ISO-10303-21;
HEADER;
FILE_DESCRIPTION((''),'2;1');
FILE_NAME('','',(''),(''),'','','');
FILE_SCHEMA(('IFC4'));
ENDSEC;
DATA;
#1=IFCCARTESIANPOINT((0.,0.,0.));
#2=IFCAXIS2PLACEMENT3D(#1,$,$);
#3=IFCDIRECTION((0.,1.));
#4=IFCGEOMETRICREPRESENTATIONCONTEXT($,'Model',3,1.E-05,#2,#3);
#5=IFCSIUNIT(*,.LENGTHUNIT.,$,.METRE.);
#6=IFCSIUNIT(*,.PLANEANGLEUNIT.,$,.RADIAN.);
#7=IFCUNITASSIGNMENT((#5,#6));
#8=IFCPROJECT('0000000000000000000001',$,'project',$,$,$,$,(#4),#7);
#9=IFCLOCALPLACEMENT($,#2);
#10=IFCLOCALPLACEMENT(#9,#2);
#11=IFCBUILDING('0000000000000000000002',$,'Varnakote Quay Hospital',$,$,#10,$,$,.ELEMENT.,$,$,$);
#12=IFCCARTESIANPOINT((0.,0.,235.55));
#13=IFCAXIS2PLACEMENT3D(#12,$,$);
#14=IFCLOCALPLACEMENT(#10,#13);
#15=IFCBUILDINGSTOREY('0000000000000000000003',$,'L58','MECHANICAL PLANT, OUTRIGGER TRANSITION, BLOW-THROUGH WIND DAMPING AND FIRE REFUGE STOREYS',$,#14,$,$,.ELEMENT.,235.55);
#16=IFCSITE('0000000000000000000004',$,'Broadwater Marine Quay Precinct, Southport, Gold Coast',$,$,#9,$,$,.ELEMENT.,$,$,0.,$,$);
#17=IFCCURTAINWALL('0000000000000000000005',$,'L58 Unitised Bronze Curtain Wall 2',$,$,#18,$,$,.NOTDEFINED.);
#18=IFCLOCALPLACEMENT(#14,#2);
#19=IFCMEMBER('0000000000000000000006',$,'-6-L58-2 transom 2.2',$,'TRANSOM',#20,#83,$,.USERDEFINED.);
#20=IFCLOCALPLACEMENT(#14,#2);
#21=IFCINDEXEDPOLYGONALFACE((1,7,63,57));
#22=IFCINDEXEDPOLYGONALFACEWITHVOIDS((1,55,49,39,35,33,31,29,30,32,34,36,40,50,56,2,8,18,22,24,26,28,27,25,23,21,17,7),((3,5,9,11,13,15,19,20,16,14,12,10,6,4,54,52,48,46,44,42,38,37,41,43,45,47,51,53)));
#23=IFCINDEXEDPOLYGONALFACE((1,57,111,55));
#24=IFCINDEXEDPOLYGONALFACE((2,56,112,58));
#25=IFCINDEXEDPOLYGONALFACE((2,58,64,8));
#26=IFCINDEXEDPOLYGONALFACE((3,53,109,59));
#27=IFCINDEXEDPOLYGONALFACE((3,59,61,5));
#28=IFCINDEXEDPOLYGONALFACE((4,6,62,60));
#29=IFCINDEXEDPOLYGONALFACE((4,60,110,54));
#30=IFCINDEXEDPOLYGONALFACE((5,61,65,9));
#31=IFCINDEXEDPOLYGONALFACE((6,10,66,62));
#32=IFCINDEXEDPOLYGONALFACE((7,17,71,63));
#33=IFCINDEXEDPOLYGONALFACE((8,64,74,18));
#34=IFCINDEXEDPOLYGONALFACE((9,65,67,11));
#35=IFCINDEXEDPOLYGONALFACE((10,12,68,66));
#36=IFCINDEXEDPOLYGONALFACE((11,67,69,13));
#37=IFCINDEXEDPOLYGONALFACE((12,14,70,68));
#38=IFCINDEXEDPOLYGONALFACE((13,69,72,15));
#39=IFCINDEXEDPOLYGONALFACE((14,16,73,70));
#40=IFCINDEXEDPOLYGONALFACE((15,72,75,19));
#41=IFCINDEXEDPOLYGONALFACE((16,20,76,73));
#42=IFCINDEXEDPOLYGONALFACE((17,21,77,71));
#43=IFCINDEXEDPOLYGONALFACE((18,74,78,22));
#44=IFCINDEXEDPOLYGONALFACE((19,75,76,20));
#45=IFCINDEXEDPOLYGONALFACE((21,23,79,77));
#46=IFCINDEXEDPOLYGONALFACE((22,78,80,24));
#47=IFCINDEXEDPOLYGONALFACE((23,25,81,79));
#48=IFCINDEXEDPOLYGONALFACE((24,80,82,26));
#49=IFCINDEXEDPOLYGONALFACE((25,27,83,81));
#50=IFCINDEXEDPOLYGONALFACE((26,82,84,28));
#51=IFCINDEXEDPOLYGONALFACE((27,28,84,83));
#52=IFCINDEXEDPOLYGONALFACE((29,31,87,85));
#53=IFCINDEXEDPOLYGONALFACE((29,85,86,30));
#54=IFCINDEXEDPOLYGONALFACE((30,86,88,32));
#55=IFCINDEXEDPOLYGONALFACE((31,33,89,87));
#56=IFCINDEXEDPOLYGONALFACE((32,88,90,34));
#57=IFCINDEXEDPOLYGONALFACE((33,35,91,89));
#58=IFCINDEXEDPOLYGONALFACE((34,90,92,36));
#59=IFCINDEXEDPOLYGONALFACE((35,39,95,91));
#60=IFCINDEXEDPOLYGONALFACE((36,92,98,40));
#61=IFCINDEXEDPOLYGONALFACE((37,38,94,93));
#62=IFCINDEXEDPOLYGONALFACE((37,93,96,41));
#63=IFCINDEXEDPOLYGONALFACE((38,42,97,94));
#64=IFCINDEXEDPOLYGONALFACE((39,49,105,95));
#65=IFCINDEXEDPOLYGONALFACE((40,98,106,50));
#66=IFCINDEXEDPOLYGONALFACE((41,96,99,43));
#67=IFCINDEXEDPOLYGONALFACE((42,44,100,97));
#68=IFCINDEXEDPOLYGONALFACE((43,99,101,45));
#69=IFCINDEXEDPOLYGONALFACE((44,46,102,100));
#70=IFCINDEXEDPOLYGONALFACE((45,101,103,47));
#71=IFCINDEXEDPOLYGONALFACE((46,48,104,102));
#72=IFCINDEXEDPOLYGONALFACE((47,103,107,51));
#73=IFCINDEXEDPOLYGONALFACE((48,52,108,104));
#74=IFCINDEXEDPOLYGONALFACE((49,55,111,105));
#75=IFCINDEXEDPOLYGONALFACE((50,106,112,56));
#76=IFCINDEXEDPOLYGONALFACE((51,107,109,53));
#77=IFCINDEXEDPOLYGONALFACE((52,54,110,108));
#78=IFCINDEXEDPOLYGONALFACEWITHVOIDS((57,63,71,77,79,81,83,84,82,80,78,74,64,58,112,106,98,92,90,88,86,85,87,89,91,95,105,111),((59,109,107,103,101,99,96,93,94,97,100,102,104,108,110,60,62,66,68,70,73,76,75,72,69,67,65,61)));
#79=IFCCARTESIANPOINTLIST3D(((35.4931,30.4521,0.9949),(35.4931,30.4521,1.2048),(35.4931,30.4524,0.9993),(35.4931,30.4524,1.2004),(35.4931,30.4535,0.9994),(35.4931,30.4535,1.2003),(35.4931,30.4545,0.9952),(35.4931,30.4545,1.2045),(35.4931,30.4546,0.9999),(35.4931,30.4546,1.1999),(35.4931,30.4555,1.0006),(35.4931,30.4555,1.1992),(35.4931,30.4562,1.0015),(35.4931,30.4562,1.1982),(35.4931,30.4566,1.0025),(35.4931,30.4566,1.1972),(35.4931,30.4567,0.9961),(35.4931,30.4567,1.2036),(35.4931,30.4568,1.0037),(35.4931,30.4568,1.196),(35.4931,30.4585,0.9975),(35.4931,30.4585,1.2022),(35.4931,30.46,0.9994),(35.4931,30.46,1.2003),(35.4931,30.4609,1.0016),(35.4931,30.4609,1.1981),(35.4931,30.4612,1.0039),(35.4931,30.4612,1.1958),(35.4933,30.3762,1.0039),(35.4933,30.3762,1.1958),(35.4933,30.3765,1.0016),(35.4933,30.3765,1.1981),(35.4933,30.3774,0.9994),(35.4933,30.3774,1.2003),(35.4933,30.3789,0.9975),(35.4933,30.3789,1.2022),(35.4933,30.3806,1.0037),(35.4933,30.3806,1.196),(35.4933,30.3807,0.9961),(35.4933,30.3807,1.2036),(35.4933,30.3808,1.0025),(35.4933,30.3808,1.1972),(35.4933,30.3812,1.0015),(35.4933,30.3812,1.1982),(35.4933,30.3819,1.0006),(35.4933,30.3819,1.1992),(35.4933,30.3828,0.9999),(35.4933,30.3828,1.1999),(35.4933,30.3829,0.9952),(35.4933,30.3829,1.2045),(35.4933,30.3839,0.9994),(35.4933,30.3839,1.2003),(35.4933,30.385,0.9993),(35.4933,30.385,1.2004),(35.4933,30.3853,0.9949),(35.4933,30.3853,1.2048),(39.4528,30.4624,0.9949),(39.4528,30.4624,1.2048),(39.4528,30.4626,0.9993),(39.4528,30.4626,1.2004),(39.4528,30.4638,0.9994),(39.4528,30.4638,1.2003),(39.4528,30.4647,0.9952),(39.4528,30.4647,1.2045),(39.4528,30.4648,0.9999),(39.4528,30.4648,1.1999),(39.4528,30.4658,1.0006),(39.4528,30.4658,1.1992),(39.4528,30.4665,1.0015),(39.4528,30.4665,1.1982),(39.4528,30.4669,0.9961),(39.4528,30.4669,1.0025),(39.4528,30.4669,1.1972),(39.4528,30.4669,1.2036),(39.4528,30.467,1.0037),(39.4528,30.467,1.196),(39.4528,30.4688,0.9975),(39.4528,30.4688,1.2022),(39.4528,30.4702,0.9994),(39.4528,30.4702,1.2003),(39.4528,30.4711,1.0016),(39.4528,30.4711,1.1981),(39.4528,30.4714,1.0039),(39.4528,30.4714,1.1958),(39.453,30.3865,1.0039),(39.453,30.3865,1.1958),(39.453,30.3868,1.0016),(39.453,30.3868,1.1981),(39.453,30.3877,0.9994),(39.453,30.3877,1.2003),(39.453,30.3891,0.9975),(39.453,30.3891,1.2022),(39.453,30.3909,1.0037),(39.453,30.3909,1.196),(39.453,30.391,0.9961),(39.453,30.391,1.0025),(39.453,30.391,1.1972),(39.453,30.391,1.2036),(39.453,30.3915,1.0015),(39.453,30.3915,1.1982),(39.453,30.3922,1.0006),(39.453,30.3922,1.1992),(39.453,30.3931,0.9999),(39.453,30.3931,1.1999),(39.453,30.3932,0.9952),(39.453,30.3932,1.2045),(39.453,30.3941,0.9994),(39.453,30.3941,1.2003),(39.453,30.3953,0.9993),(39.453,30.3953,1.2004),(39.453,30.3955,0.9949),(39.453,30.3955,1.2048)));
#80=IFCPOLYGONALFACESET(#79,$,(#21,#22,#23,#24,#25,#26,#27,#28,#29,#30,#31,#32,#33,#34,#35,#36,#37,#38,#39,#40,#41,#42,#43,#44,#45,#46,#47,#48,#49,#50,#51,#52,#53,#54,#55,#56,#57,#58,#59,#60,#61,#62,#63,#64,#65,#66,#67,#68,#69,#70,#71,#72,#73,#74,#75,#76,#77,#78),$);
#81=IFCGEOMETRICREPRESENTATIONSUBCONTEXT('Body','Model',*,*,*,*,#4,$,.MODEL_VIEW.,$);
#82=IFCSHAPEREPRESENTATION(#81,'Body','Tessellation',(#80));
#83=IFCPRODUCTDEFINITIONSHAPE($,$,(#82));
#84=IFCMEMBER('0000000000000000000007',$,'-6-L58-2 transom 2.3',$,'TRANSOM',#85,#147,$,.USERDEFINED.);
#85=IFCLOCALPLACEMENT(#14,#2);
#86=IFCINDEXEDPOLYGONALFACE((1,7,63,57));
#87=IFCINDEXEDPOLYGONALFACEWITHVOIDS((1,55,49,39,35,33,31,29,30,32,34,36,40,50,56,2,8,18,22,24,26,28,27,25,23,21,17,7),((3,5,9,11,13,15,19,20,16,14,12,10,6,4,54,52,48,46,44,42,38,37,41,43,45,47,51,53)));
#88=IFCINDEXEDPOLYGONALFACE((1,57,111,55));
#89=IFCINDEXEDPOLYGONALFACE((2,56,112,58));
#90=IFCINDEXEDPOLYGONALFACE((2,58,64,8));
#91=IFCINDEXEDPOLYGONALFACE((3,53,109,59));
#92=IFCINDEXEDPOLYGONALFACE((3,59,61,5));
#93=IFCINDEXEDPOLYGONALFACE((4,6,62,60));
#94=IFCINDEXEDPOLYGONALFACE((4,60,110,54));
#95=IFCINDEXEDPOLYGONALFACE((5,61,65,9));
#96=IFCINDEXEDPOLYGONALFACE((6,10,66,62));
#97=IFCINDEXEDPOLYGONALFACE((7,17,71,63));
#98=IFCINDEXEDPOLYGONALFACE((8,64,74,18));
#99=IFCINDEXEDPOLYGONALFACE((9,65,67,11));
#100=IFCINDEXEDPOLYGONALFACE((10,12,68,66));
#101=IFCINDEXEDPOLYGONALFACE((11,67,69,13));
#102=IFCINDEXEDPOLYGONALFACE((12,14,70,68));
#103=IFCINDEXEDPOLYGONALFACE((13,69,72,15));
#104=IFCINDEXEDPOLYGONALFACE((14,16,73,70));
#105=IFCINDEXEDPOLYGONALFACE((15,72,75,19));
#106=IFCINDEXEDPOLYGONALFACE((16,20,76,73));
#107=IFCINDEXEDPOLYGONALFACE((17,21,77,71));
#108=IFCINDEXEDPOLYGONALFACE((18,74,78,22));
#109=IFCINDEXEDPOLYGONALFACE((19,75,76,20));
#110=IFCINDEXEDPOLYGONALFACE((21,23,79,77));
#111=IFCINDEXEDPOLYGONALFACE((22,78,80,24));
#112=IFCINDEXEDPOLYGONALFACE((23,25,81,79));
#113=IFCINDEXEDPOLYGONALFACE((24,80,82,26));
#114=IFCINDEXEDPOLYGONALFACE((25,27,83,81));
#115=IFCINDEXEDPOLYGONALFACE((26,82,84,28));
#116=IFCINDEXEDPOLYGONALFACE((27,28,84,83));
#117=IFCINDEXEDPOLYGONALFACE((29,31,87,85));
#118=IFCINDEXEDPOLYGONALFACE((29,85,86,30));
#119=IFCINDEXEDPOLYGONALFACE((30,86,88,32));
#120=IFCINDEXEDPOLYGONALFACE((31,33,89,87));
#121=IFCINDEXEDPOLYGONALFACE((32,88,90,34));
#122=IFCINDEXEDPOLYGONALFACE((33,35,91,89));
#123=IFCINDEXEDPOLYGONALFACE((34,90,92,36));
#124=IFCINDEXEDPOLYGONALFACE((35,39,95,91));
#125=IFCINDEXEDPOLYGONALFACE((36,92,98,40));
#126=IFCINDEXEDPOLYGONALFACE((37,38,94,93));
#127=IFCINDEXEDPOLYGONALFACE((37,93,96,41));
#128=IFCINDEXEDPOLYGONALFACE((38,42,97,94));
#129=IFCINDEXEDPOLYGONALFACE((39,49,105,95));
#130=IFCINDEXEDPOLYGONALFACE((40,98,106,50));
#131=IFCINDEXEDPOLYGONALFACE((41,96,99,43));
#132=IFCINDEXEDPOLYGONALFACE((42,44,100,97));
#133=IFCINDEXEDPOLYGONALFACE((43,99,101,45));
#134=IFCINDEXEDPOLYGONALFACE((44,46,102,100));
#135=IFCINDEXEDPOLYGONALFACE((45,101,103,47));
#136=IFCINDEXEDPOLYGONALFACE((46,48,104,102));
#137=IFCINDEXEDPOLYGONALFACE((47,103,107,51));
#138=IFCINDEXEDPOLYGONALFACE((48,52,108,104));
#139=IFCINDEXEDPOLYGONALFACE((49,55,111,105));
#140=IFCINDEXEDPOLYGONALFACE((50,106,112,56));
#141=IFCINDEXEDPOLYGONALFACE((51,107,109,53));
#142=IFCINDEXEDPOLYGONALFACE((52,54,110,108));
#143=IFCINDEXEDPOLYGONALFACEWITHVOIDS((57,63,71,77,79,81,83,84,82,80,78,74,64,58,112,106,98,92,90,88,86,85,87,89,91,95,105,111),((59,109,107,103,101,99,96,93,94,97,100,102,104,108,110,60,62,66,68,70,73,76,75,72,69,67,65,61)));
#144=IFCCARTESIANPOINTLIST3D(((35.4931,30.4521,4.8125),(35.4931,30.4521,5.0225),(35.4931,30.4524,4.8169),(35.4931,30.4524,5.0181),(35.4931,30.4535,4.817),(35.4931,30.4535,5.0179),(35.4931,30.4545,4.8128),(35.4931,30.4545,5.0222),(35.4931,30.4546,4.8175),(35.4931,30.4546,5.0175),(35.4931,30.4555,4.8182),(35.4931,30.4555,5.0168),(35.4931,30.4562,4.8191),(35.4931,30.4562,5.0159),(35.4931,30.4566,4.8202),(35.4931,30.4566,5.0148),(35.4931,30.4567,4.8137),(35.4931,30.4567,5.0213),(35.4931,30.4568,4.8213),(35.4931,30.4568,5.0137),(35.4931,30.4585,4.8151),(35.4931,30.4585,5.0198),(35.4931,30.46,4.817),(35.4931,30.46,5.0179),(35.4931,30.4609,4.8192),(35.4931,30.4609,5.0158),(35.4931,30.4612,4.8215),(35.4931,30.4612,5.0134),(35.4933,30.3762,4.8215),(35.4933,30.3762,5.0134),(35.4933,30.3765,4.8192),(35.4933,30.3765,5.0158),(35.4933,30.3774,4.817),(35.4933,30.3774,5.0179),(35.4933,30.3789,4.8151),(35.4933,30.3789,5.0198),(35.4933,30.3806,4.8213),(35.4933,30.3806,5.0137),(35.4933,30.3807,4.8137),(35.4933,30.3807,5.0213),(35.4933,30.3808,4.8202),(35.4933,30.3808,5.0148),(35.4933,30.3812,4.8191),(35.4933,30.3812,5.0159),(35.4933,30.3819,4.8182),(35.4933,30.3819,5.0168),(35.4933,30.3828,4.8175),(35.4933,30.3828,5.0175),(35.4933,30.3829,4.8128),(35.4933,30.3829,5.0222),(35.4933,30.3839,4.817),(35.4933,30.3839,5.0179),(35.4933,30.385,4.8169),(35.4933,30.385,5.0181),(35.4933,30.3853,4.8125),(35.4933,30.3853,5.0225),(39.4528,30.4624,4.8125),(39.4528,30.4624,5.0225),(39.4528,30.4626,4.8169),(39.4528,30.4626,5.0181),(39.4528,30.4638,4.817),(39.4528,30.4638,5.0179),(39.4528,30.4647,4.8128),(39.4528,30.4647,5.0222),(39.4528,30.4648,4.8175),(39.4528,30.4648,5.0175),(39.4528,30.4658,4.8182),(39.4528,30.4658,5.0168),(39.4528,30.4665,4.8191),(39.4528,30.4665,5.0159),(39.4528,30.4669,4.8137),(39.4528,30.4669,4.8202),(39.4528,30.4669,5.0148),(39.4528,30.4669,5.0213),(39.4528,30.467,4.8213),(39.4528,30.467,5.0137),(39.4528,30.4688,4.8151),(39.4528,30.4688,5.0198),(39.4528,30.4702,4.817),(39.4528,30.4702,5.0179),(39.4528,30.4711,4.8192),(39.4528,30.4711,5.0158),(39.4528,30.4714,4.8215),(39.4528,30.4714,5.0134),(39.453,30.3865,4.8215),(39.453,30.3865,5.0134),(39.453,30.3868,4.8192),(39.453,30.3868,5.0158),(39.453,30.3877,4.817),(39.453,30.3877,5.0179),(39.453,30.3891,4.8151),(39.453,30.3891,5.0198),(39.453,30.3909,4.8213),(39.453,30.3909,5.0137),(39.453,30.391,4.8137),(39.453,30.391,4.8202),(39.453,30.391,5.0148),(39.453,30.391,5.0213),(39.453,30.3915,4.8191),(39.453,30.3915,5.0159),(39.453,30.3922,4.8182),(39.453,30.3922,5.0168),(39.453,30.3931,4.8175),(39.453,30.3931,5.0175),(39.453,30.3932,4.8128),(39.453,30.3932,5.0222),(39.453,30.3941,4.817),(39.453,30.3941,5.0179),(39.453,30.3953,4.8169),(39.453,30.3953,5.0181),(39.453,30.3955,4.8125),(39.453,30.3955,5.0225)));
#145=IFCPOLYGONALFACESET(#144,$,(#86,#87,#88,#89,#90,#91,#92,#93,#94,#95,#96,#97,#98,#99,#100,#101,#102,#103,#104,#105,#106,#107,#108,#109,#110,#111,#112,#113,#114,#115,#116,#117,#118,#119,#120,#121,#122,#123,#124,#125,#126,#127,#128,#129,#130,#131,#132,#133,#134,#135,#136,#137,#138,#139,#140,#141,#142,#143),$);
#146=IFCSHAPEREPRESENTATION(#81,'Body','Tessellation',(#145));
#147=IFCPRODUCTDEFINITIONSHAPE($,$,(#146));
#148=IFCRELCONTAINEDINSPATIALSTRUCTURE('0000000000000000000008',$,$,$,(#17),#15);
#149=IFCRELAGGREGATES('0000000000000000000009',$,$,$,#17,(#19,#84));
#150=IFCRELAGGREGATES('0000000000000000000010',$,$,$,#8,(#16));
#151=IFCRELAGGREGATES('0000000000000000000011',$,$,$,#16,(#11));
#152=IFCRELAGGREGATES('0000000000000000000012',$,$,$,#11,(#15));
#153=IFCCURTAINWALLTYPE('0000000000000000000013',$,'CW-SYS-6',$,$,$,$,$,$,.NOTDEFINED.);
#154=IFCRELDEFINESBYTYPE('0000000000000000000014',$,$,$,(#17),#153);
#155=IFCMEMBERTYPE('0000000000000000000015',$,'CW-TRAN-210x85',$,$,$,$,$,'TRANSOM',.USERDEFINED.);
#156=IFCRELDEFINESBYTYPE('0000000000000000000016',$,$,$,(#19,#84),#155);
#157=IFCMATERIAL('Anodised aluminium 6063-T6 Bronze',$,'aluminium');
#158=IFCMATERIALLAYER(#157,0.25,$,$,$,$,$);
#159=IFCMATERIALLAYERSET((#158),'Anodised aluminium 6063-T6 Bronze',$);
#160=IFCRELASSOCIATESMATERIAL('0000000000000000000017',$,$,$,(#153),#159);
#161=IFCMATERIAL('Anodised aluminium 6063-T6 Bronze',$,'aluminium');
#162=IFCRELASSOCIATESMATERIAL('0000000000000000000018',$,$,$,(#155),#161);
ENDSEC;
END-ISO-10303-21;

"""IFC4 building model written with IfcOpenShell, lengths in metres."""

from ifc_helpers import new_model, si_unit, direction, frame, origin, origin_2d, place, context, subcontext, project, spatial, hollow_rectangle, extrude, material, layer, layer_set, material_profile, profile_set, type_object, element, aggregate, save


model = new_model("IFC4")

# Units and contexts
model_context = context("Model", 3, precision=1e-05, world=origin(), true_north=direction((0.0, 1.0)))
body_context = subcontext(model_context, "Body", "Model", "MODEL_VIEW")
ifc_project = project(units=[si_unit("LENGTHUNIT", "METRE"), si_unit("PLANEANGLEUNIT", "RADIAN")], contexts=[model_context])

# Site, building, storey
site_placement = place(None, origin())
site = spatial("IfcSite", under=ifc_project, at=site_placement, Name="Broadwater Marine Quay Precinct, Southport, Gold Coast", CompositionType="ELEMENT", RefElevation=0.0)
building_placement = place(site_placement, origin())
building = spatial("IfcBuilding", under=site, at=building_placement, Name="Varnakote Quay Hospital", CompositionType="ELEMENT")
storey_placement = place(building_placement, frame((0.0, 0.0, 235.55)))
storey = spatial("IfcBuildingStorey", under=building, at=storey_placement, Name="L58", Description="MECHANICAL PLANT, OUTRIGGER TRANSITION, BLOW-THROUGH WIND DAMPING AND FIRE REFUGE STOREYS", CompositionType="ELEMENT", Elevation=235.55)

# Curtain wall
ifc_material_1 = material(Name="Anodised aluminium 6063-T6 Bronze", Category="aluminium")
ifc_layer_1 = layer(ifc_material_1, 0.25)
ifc_layer_set_1 = layer_set([ifc_layer_1], Name="Anodised aluminium 6063-T6 Bronze")
curtain_wall_type = type_object("IfcCurtainWallType", Name="CW-SYS-6", PredefinedType="NOTDEFINED", material=ifc_layer_set_1)
curtain_wall_1_placement = place(storey_placement, origin())
curtain_wall_1 = element("IfcCurtainWall", 1, at=curtain_wall_1_placement, inside=storey, type_object=curtain_wall_type, Name="L58 Unitised Bronze Curtain Wall 2", PredefinedType="NOTDEFINED")

# Members
ifc_material_2 = material(Name="Anodised aluminium 6063-T6 Bronze", Category="aluminium")
ifc_material_profile_1 = material_profile(ifc_material_2, hollow_rectangle(XDim=0.085, YDim=0.21, WallThickness=0.0044, InnerFilletRadius=0.0044, OuterFilletRadius=0.009, at=origin_2d()), Name="CW-TRAN-210x85")
ifc_profile_set_1 = profile_set([ifc_material_profile_1], Name="Anodised aluminium 6063-T6 Bronze")
member_type_1 = type_object("IfcMemberType", Name="CW-TRAN-210x85", ElementType="TRANSOM", PredefinedType="USERDEFINED", material=ifc_profile_set_1)
member_1_placement = place(storey_placement, frame((39.4529, 30.429, 1.0999), z_axis=(-0.999997, -0.00259, 0.0), x_axis=(0.00259, -0.999997, 0.0)))
member_1 = element("IfcMember", 2, at=member_1_placement, type_object=member_type_1, Name="-6-L58-2 transom 2.2", ObjectType="TRANSOM", PredefinedType="USERDEFINED", context=body_context, shape_type="SweptSolid", body=[
    extrude(hollow_rectangle(XDim=0.085, YDim=0.21, WallThickness=0.0044, InnerFilletRadius=0.0044, OuterFilletRadius=0.009, at=origin_2d()), origin(), (0.0, 0.0, 1.0), 3.9597),
])
member_2_placement = place(storey_placement, frame((39.4529, 30.429, 4.9175), z_axis=(-0.999997, -0.00259, 0.0), x_axis=(0.00259, -0.999997, 0.0)))
member_2 = element("IfcMember", 3, at=member_2_placement, type_object=member_type_1, Name="-6-L58-2 transom 2.3", ObjectType="TRANSOM", PredefinedType="USERDEFINED", context=body_context, shape_type="SweptSolid", body=[
    extrude(hollow_rectangle(XDim=0.085, YDim=0.21, WallThickness=0.0044, InnerFilletRadius=0.0044, OuterFilletRadius=0.009, at=origin_2d()), origin(), (0.0, 0.0, 1.0), 3.9597),
])

aggregate(curtain_wall_1, [member_1, member_2])

save(model, "model.ifc")
